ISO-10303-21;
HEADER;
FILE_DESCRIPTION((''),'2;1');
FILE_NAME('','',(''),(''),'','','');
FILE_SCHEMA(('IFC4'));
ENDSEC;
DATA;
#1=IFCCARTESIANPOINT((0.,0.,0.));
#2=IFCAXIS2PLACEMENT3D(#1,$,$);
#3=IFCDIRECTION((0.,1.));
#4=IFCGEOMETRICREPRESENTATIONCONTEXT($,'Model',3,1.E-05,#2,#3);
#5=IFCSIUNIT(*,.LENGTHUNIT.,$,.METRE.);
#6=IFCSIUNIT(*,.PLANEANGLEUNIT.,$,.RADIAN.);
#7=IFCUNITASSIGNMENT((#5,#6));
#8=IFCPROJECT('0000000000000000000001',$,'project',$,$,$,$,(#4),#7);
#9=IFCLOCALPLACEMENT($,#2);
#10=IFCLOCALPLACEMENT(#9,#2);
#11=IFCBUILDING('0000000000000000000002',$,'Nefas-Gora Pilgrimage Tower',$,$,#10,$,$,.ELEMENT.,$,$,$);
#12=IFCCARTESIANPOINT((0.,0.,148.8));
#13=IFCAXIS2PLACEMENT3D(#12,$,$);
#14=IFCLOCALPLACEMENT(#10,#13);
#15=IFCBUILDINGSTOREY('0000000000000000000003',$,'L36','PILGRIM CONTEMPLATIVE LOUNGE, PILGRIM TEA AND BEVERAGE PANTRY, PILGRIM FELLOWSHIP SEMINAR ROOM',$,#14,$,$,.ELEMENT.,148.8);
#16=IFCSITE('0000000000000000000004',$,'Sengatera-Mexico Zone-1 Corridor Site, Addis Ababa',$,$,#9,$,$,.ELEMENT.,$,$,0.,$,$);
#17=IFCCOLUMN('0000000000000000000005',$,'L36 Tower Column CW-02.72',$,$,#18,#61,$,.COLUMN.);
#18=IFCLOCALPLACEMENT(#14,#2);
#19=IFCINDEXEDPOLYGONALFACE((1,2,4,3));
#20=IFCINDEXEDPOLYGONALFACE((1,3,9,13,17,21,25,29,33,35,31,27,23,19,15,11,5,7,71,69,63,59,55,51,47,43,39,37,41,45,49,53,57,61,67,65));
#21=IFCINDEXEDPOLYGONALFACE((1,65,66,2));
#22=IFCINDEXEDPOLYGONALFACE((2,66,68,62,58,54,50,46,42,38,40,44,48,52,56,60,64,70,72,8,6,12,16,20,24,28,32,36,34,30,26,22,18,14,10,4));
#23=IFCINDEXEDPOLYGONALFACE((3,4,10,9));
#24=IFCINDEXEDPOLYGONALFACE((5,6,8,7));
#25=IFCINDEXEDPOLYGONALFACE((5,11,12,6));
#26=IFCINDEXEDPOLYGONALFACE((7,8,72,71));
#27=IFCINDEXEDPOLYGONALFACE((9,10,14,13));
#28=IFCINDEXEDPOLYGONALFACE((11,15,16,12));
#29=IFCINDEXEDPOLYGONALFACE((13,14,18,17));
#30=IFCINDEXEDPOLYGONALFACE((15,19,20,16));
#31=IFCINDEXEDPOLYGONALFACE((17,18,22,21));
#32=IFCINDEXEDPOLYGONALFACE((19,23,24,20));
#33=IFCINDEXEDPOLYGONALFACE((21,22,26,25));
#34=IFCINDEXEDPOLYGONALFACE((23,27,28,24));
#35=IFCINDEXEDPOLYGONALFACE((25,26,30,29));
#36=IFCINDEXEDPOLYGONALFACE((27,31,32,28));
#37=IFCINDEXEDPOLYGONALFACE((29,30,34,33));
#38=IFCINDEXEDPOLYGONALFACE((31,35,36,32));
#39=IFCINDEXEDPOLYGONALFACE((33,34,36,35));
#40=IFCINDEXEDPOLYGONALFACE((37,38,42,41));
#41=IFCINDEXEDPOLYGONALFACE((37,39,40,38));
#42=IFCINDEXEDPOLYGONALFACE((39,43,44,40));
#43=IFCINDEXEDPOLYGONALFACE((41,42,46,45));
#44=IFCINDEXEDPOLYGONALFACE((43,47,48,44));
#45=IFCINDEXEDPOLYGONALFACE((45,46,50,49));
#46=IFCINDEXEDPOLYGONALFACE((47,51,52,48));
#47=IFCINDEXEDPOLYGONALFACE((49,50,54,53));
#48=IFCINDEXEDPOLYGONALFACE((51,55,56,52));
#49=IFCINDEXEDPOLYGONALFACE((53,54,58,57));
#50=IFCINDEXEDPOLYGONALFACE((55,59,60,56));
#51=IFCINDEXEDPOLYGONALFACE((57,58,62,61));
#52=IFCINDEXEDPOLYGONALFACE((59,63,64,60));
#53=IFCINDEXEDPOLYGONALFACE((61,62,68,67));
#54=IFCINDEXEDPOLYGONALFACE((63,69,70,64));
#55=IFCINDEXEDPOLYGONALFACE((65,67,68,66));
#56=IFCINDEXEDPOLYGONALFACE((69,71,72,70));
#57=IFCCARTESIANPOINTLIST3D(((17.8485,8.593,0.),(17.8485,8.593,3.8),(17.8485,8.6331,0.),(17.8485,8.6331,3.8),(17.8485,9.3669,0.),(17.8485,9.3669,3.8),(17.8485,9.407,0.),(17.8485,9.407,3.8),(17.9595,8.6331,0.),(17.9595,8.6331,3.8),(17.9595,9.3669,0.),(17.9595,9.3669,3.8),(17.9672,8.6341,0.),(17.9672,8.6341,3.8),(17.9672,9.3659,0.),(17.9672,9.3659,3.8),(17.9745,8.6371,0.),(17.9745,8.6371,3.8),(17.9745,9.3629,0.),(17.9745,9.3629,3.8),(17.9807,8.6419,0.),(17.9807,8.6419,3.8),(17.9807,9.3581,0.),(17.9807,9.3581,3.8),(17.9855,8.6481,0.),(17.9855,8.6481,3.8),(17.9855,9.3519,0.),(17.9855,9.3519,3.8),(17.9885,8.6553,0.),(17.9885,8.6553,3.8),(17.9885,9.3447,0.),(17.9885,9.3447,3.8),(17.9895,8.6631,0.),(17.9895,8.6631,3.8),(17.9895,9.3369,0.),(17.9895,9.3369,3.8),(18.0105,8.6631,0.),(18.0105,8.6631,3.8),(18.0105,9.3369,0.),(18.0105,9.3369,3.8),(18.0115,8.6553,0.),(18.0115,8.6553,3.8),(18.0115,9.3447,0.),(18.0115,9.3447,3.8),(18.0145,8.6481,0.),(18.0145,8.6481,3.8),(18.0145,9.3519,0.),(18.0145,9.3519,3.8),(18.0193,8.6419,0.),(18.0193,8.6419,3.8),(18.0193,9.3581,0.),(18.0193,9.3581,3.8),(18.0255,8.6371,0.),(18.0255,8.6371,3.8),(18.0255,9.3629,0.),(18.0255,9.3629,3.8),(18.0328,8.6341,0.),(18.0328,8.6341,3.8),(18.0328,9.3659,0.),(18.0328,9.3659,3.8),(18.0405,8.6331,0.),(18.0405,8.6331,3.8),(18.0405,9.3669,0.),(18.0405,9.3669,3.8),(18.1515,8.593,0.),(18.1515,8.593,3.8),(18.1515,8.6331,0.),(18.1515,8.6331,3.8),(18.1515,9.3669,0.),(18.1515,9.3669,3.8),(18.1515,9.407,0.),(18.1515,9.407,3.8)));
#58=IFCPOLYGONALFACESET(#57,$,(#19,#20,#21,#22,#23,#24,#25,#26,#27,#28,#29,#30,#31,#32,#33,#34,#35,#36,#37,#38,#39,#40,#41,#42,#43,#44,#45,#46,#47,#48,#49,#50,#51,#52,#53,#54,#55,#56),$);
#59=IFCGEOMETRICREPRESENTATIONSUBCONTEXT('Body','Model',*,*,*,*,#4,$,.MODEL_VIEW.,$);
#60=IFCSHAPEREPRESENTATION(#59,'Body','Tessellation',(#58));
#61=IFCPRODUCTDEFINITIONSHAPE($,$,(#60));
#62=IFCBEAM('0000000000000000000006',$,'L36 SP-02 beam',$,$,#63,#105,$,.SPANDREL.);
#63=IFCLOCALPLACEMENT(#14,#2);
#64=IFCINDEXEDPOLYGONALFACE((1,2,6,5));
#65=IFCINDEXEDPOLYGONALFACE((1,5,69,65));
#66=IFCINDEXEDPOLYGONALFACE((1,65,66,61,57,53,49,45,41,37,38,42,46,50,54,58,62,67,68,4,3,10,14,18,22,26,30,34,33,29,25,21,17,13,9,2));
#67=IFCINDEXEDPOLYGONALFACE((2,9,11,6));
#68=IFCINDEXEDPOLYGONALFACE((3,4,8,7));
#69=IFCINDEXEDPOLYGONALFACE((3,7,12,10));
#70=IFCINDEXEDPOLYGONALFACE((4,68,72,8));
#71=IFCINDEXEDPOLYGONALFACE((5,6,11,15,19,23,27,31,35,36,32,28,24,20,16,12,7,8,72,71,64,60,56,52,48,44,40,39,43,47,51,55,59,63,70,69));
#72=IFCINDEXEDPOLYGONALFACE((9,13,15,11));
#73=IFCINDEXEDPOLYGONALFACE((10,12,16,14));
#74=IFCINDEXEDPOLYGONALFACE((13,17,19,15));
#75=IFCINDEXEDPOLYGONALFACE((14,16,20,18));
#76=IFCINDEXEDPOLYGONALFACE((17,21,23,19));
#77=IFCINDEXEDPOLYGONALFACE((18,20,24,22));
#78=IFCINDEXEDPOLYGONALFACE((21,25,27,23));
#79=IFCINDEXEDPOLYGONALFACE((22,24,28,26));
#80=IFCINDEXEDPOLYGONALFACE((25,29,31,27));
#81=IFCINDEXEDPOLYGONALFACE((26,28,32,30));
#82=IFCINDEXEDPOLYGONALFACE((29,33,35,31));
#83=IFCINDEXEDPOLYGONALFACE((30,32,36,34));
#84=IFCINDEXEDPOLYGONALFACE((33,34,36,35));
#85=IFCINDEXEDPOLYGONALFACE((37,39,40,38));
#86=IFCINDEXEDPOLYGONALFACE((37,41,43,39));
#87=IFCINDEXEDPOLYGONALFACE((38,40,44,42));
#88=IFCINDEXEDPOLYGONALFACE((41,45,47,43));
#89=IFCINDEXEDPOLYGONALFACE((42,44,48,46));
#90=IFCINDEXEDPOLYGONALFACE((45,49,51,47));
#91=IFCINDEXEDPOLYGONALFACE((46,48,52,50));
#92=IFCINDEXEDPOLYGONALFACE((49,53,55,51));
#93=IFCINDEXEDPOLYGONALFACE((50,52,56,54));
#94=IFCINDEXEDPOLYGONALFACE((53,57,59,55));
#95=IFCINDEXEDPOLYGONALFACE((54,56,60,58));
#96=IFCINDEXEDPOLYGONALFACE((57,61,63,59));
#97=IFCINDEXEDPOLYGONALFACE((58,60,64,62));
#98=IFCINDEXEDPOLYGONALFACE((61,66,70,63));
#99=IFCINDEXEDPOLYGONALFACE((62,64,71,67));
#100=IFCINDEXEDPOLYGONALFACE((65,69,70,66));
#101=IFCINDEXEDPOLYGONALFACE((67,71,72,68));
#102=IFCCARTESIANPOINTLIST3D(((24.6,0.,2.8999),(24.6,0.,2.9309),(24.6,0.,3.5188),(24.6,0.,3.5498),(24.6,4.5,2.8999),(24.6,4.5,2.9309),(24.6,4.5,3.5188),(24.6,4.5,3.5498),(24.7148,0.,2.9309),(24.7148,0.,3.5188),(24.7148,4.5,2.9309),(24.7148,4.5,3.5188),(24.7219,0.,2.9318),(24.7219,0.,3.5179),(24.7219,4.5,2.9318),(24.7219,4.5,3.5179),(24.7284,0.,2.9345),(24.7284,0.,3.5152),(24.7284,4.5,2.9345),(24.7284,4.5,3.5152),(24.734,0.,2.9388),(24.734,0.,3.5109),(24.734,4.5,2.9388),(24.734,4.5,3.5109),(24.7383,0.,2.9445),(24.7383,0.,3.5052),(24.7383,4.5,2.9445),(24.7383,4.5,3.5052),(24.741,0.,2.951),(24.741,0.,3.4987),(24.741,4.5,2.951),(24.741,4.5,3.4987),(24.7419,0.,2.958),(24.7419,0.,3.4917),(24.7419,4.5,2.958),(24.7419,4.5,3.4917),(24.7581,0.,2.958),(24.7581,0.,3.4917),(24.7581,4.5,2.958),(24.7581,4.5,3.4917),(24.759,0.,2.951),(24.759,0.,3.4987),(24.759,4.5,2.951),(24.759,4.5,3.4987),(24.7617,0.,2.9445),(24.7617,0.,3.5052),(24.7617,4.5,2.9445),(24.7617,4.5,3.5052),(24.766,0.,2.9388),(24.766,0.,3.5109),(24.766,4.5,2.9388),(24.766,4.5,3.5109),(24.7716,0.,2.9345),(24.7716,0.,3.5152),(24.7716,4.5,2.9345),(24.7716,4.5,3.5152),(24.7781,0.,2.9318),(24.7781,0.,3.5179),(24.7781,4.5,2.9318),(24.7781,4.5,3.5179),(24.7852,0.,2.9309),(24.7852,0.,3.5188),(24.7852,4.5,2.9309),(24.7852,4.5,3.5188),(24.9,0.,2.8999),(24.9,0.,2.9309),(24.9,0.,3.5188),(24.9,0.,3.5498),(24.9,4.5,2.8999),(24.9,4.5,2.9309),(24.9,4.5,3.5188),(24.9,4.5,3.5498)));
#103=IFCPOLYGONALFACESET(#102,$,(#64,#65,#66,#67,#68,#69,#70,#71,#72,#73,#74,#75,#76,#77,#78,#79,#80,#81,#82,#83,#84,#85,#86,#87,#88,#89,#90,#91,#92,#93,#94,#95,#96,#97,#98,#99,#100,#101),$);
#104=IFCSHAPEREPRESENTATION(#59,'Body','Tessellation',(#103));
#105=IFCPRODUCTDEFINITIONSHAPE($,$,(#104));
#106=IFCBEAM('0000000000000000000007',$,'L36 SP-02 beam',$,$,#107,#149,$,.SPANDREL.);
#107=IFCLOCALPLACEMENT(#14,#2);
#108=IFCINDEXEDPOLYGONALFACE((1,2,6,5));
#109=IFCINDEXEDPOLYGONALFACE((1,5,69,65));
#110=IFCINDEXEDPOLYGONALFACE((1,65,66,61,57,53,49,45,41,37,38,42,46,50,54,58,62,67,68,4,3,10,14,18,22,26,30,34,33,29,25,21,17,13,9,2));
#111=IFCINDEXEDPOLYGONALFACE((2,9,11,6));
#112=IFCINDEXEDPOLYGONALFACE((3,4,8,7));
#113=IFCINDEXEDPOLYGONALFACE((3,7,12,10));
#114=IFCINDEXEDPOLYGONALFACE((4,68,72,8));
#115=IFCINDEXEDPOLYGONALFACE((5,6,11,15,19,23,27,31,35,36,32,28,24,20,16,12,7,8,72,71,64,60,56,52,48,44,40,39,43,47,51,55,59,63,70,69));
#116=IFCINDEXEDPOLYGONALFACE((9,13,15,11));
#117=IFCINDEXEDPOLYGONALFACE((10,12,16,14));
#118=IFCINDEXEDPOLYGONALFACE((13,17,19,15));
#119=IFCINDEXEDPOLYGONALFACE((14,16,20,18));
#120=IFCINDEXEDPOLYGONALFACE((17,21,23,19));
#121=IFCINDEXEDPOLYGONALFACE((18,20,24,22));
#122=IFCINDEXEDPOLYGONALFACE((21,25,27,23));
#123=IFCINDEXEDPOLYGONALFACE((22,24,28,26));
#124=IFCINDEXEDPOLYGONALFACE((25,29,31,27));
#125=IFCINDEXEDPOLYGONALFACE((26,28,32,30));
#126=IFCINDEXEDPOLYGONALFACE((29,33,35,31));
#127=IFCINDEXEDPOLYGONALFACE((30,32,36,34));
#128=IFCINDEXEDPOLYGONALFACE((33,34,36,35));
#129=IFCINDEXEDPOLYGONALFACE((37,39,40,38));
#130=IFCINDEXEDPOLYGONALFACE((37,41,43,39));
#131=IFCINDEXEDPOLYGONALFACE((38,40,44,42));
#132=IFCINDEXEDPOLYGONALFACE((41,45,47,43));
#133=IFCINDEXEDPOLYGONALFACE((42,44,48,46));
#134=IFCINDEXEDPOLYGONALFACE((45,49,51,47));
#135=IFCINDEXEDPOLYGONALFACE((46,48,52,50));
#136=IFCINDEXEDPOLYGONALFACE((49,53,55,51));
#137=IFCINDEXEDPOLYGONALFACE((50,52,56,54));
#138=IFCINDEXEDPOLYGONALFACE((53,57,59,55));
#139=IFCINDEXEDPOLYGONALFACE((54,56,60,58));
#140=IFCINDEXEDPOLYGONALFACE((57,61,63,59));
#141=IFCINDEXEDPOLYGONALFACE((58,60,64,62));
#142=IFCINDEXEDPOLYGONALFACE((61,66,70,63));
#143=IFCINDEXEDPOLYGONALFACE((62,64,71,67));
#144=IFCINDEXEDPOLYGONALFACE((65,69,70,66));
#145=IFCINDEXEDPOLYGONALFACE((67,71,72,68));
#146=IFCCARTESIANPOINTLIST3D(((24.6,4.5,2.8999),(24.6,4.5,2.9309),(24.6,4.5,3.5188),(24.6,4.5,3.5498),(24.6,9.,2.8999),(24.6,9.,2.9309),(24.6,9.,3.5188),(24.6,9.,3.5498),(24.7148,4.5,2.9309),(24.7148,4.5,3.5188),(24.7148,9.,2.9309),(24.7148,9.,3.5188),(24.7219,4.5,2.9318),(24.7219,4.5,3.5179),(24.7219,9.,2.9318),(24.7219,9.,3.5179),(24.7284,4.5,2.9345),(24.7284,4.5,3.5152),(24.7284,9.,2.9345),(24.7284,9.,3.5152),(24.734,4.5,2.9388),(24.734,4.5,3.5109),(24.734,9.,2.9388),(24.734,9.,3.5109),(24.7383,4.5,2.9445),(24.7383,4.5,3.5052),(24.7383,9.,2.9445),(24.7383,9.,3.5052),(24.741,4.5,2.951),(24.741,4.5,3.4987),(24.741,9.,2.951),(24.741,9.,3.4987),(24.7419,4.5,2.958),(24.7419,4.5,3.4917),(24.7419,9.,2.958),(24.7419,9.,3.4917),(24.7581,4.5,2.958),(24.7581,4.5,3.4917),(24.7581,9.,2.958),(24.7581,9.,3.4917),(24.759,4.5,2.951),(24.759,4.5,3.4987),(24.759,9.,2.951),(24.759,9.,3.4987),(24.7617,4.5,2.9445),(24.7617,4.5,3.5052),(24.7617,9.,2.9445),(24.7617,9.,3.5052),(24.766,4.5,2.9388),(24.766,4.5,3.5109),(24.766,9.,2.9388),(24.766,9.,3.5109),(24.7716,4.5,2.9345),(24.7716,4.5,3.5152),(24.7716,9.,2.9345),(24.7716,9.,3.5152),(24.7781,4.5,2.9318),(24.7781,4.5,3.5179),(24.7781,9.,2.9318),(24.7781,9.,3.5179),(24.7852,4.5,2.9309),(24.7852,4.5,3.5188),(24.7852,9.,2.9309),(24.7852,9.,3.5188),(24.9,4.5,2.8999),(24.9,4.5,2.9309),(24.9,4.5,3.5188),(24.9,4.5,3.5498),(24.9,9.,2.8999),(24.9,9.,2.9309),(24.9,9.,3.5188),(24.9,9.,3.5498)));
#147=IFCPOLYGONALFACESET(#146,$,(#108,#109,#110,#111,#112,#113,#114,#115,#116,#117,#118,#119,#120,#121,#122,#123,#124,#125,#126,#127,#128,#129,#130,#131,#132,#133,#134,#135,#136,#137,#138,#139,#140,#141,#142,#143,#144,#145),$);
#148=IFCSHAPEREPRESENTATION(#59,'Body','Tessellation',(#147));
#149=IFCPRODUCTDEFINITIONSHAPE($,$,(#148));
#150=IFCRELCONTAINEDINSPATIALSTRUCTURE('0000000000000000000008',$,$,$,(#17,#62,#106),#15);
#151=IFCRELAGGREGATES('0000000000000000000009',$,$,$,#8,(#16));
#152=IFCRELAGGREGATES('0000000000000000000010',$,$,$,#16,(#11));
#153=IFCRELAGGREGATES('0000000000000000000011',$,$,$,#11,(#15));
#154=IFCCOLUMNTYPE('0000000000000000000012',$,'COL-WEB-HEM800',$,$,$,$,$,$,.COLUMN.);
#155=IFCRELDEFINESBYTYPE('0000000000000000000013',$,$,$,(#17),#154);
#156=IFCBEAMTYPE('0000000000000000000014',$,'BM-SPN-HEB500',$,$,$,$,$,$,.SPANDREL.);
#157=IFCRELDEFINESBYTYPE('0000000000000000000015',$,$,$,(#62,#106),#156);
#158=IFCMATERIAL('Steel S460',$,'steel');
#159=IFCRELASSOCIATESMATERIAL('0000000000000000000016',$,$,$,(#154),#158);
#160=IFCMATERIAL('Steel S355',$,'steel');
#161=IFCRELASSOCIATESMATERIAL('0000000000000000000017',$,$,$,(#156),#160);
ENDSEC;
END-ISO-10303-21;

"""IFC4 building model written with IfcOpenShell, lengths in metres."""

from ifc_helpers import new_model, si_unit, direction, frame, origin, origin_2d, place, context, subcontext, project, spatial, i_section, extrude, source, transform, mapped, material, material_profile, profile_set, type_object, element, save


model = new_model("IFC4")

# Units and contexts
model_context = context("Model", 3, precision=1e-05, world=origin(), true_north=direction((0.0, 1.0)))
body_context = subcontext(model_context, "Body", "Model", "MODEL_VIEW")
ifc_project = project(units=[si_unit("LENGTHUNIT", "METRE"), si_unit("PLANEANGLEUNIT", "RADIAN")], contexts=[model_context])

# Site, building, storey
site_placement = place(None, origin())
site = spatial("IfcSite", under=ifc_project, at=site_placement, Name="Sengatera-Mexico Zone-1 Corridor Site, Addis Ababa", CompositionType="ELEMENT", RefElevation=0.0)
building_placement = place(site_placement, origin())
building = spatial("IfcBuilding", under=site, at=building_placement, Name="Nefas-Gora Pilgrimage Tower", CompositionType="ELEMENT")
storey_placement = place(building_placement, frame((0.0, 0.0, 148.8)))
storey = spatial("IfcBuildingStorey", under=building, at=storey_placement, Name="L36", Description="PILGRIM CONTEMPLATIVE LOUNGE, PILGRIM TEA AND BEVERAGE PANTRY, PILGRIM FELLOWSHIP SEMINAR ROOM", CompositionType="ELEMENT", Elevation=148.8)

# Column
ifc_material_1 = material(Name="Steel S460", Category="steel")
ifc_material_profile_1 = material_profile(ifc_material_1, i_section(OverallWidth=0.303, OverallDepth=0.814, WebThickness=0.021, FlangeThickness=0.04, FilletRadius=0.03, at=origin_2d()), Name="HEM 800")
ifc_profile_set_1 = profile_set([ifc_material_profile_1], Name="Steel S460")
column_type_1 = type_object("IfcColumnType", Name="COL-WEB-HEM800", PredefinedType="COLUMN", material=ifc_profile_set_1)
shared_shape_1 = source(origin(), body_context, "Body", "SweptSolid", [
    extrude(i_section(OverallWidth=0.303, OverallDepth=0.814, WebThickness=0.021, FlangeThickness=0.04, FilletRadius=0.03, at=origin_2d()), origin(), (0.0, 0.0, 1.0), 3.8),
])
for number, where, z_axis, x_axis, name in (
    (1, (18.0, 9.0, 0.0), (0.0, 0.0, 1.0), (1.0, 0.0, 0.0), "L36 Tower Column CW-02.72"),
):
    element("IfcColumn", number, at=place(storey_placement, frame(where, z_axis=z_axis, x_axis=x_axis)), inside=storey, type_object=column_type_1, Name=name, PredefinedType="COLUMN", context=body_context, shape_type="MappedRepresentation", body=[
        mapped(shared_shape_1, transform((0.0, 0.0, 0.0), x_axis=(1.0, 0.0, 0.0), y_axis=(0.0, 1.0, 0.0), z_axis=(0.0, 0.0, 1.0), scale=1.0)),
    ])

# Beams
ifc_material_2 = material(Name="Steel S355", Category="steel")
ifc_material_profile_2 = material_profile(ifc_material_2, i_section(OverallWidth=0.3, OverallDepth=0.6499, WebThickness=0.0161, FlangeThickness=0.031, FilletRadius=0.0271, at=origin_2d()), Name="HEB 650")
ifc_profile_set_2 = profile_set([ifc_material_profile_2], Name="Steel S355")
beam_type_1 = type_object("IfcBeamType", Name="BM-SPN-HEB500", PredefinedType="SPANDREL", material=ifc_profile_set_2)
shared_shape_2 = source(origin(), body_context, "Body", "SweptSolid", [
    extrude(i_section(OverallWidth=0.3, OverallDepth=0.6499, WebThickness=0.0161, FlangeThickness=0.031, FilletRadius=0.0271, at=origin_2d()), origin(), (0.0, 0.0, 1.0), 4.5),
])
for number, where, z_axis, x_axis, name in (
    (2, (24.75, 0.0, 3.2249), (0.0, 1.0, 0.0), (-1.0, 0.0, 0.0), "L36 SP-02 beam"),
    (3, (24.75, 4.5, 3.2249), (0.0, 1.0, 0.0), (-1.0, 0.0, 0.0), "L36 SP-02 beam"),
):
    element("IfcBeam", number, at=place(storey_placement, frame(where, z_axis=z_axis, x_axis=x_axis)), inside=storey, type_object=beam_type_1, Name=name, PredefinedType="SPANDREL", context=body_context, shape_type="MappedRepresentation", body=[
        mapped(shared_shape_2, transform((0.0, 0.0, 0.0), x_axis=(1.0, 0.0, 0.0), y_axis=(0.0, 1.0, 0.0), z_axis=(0.0, 0.0, 1.0), scale=1.0)),
    ])

save(model, "model.ifc")
